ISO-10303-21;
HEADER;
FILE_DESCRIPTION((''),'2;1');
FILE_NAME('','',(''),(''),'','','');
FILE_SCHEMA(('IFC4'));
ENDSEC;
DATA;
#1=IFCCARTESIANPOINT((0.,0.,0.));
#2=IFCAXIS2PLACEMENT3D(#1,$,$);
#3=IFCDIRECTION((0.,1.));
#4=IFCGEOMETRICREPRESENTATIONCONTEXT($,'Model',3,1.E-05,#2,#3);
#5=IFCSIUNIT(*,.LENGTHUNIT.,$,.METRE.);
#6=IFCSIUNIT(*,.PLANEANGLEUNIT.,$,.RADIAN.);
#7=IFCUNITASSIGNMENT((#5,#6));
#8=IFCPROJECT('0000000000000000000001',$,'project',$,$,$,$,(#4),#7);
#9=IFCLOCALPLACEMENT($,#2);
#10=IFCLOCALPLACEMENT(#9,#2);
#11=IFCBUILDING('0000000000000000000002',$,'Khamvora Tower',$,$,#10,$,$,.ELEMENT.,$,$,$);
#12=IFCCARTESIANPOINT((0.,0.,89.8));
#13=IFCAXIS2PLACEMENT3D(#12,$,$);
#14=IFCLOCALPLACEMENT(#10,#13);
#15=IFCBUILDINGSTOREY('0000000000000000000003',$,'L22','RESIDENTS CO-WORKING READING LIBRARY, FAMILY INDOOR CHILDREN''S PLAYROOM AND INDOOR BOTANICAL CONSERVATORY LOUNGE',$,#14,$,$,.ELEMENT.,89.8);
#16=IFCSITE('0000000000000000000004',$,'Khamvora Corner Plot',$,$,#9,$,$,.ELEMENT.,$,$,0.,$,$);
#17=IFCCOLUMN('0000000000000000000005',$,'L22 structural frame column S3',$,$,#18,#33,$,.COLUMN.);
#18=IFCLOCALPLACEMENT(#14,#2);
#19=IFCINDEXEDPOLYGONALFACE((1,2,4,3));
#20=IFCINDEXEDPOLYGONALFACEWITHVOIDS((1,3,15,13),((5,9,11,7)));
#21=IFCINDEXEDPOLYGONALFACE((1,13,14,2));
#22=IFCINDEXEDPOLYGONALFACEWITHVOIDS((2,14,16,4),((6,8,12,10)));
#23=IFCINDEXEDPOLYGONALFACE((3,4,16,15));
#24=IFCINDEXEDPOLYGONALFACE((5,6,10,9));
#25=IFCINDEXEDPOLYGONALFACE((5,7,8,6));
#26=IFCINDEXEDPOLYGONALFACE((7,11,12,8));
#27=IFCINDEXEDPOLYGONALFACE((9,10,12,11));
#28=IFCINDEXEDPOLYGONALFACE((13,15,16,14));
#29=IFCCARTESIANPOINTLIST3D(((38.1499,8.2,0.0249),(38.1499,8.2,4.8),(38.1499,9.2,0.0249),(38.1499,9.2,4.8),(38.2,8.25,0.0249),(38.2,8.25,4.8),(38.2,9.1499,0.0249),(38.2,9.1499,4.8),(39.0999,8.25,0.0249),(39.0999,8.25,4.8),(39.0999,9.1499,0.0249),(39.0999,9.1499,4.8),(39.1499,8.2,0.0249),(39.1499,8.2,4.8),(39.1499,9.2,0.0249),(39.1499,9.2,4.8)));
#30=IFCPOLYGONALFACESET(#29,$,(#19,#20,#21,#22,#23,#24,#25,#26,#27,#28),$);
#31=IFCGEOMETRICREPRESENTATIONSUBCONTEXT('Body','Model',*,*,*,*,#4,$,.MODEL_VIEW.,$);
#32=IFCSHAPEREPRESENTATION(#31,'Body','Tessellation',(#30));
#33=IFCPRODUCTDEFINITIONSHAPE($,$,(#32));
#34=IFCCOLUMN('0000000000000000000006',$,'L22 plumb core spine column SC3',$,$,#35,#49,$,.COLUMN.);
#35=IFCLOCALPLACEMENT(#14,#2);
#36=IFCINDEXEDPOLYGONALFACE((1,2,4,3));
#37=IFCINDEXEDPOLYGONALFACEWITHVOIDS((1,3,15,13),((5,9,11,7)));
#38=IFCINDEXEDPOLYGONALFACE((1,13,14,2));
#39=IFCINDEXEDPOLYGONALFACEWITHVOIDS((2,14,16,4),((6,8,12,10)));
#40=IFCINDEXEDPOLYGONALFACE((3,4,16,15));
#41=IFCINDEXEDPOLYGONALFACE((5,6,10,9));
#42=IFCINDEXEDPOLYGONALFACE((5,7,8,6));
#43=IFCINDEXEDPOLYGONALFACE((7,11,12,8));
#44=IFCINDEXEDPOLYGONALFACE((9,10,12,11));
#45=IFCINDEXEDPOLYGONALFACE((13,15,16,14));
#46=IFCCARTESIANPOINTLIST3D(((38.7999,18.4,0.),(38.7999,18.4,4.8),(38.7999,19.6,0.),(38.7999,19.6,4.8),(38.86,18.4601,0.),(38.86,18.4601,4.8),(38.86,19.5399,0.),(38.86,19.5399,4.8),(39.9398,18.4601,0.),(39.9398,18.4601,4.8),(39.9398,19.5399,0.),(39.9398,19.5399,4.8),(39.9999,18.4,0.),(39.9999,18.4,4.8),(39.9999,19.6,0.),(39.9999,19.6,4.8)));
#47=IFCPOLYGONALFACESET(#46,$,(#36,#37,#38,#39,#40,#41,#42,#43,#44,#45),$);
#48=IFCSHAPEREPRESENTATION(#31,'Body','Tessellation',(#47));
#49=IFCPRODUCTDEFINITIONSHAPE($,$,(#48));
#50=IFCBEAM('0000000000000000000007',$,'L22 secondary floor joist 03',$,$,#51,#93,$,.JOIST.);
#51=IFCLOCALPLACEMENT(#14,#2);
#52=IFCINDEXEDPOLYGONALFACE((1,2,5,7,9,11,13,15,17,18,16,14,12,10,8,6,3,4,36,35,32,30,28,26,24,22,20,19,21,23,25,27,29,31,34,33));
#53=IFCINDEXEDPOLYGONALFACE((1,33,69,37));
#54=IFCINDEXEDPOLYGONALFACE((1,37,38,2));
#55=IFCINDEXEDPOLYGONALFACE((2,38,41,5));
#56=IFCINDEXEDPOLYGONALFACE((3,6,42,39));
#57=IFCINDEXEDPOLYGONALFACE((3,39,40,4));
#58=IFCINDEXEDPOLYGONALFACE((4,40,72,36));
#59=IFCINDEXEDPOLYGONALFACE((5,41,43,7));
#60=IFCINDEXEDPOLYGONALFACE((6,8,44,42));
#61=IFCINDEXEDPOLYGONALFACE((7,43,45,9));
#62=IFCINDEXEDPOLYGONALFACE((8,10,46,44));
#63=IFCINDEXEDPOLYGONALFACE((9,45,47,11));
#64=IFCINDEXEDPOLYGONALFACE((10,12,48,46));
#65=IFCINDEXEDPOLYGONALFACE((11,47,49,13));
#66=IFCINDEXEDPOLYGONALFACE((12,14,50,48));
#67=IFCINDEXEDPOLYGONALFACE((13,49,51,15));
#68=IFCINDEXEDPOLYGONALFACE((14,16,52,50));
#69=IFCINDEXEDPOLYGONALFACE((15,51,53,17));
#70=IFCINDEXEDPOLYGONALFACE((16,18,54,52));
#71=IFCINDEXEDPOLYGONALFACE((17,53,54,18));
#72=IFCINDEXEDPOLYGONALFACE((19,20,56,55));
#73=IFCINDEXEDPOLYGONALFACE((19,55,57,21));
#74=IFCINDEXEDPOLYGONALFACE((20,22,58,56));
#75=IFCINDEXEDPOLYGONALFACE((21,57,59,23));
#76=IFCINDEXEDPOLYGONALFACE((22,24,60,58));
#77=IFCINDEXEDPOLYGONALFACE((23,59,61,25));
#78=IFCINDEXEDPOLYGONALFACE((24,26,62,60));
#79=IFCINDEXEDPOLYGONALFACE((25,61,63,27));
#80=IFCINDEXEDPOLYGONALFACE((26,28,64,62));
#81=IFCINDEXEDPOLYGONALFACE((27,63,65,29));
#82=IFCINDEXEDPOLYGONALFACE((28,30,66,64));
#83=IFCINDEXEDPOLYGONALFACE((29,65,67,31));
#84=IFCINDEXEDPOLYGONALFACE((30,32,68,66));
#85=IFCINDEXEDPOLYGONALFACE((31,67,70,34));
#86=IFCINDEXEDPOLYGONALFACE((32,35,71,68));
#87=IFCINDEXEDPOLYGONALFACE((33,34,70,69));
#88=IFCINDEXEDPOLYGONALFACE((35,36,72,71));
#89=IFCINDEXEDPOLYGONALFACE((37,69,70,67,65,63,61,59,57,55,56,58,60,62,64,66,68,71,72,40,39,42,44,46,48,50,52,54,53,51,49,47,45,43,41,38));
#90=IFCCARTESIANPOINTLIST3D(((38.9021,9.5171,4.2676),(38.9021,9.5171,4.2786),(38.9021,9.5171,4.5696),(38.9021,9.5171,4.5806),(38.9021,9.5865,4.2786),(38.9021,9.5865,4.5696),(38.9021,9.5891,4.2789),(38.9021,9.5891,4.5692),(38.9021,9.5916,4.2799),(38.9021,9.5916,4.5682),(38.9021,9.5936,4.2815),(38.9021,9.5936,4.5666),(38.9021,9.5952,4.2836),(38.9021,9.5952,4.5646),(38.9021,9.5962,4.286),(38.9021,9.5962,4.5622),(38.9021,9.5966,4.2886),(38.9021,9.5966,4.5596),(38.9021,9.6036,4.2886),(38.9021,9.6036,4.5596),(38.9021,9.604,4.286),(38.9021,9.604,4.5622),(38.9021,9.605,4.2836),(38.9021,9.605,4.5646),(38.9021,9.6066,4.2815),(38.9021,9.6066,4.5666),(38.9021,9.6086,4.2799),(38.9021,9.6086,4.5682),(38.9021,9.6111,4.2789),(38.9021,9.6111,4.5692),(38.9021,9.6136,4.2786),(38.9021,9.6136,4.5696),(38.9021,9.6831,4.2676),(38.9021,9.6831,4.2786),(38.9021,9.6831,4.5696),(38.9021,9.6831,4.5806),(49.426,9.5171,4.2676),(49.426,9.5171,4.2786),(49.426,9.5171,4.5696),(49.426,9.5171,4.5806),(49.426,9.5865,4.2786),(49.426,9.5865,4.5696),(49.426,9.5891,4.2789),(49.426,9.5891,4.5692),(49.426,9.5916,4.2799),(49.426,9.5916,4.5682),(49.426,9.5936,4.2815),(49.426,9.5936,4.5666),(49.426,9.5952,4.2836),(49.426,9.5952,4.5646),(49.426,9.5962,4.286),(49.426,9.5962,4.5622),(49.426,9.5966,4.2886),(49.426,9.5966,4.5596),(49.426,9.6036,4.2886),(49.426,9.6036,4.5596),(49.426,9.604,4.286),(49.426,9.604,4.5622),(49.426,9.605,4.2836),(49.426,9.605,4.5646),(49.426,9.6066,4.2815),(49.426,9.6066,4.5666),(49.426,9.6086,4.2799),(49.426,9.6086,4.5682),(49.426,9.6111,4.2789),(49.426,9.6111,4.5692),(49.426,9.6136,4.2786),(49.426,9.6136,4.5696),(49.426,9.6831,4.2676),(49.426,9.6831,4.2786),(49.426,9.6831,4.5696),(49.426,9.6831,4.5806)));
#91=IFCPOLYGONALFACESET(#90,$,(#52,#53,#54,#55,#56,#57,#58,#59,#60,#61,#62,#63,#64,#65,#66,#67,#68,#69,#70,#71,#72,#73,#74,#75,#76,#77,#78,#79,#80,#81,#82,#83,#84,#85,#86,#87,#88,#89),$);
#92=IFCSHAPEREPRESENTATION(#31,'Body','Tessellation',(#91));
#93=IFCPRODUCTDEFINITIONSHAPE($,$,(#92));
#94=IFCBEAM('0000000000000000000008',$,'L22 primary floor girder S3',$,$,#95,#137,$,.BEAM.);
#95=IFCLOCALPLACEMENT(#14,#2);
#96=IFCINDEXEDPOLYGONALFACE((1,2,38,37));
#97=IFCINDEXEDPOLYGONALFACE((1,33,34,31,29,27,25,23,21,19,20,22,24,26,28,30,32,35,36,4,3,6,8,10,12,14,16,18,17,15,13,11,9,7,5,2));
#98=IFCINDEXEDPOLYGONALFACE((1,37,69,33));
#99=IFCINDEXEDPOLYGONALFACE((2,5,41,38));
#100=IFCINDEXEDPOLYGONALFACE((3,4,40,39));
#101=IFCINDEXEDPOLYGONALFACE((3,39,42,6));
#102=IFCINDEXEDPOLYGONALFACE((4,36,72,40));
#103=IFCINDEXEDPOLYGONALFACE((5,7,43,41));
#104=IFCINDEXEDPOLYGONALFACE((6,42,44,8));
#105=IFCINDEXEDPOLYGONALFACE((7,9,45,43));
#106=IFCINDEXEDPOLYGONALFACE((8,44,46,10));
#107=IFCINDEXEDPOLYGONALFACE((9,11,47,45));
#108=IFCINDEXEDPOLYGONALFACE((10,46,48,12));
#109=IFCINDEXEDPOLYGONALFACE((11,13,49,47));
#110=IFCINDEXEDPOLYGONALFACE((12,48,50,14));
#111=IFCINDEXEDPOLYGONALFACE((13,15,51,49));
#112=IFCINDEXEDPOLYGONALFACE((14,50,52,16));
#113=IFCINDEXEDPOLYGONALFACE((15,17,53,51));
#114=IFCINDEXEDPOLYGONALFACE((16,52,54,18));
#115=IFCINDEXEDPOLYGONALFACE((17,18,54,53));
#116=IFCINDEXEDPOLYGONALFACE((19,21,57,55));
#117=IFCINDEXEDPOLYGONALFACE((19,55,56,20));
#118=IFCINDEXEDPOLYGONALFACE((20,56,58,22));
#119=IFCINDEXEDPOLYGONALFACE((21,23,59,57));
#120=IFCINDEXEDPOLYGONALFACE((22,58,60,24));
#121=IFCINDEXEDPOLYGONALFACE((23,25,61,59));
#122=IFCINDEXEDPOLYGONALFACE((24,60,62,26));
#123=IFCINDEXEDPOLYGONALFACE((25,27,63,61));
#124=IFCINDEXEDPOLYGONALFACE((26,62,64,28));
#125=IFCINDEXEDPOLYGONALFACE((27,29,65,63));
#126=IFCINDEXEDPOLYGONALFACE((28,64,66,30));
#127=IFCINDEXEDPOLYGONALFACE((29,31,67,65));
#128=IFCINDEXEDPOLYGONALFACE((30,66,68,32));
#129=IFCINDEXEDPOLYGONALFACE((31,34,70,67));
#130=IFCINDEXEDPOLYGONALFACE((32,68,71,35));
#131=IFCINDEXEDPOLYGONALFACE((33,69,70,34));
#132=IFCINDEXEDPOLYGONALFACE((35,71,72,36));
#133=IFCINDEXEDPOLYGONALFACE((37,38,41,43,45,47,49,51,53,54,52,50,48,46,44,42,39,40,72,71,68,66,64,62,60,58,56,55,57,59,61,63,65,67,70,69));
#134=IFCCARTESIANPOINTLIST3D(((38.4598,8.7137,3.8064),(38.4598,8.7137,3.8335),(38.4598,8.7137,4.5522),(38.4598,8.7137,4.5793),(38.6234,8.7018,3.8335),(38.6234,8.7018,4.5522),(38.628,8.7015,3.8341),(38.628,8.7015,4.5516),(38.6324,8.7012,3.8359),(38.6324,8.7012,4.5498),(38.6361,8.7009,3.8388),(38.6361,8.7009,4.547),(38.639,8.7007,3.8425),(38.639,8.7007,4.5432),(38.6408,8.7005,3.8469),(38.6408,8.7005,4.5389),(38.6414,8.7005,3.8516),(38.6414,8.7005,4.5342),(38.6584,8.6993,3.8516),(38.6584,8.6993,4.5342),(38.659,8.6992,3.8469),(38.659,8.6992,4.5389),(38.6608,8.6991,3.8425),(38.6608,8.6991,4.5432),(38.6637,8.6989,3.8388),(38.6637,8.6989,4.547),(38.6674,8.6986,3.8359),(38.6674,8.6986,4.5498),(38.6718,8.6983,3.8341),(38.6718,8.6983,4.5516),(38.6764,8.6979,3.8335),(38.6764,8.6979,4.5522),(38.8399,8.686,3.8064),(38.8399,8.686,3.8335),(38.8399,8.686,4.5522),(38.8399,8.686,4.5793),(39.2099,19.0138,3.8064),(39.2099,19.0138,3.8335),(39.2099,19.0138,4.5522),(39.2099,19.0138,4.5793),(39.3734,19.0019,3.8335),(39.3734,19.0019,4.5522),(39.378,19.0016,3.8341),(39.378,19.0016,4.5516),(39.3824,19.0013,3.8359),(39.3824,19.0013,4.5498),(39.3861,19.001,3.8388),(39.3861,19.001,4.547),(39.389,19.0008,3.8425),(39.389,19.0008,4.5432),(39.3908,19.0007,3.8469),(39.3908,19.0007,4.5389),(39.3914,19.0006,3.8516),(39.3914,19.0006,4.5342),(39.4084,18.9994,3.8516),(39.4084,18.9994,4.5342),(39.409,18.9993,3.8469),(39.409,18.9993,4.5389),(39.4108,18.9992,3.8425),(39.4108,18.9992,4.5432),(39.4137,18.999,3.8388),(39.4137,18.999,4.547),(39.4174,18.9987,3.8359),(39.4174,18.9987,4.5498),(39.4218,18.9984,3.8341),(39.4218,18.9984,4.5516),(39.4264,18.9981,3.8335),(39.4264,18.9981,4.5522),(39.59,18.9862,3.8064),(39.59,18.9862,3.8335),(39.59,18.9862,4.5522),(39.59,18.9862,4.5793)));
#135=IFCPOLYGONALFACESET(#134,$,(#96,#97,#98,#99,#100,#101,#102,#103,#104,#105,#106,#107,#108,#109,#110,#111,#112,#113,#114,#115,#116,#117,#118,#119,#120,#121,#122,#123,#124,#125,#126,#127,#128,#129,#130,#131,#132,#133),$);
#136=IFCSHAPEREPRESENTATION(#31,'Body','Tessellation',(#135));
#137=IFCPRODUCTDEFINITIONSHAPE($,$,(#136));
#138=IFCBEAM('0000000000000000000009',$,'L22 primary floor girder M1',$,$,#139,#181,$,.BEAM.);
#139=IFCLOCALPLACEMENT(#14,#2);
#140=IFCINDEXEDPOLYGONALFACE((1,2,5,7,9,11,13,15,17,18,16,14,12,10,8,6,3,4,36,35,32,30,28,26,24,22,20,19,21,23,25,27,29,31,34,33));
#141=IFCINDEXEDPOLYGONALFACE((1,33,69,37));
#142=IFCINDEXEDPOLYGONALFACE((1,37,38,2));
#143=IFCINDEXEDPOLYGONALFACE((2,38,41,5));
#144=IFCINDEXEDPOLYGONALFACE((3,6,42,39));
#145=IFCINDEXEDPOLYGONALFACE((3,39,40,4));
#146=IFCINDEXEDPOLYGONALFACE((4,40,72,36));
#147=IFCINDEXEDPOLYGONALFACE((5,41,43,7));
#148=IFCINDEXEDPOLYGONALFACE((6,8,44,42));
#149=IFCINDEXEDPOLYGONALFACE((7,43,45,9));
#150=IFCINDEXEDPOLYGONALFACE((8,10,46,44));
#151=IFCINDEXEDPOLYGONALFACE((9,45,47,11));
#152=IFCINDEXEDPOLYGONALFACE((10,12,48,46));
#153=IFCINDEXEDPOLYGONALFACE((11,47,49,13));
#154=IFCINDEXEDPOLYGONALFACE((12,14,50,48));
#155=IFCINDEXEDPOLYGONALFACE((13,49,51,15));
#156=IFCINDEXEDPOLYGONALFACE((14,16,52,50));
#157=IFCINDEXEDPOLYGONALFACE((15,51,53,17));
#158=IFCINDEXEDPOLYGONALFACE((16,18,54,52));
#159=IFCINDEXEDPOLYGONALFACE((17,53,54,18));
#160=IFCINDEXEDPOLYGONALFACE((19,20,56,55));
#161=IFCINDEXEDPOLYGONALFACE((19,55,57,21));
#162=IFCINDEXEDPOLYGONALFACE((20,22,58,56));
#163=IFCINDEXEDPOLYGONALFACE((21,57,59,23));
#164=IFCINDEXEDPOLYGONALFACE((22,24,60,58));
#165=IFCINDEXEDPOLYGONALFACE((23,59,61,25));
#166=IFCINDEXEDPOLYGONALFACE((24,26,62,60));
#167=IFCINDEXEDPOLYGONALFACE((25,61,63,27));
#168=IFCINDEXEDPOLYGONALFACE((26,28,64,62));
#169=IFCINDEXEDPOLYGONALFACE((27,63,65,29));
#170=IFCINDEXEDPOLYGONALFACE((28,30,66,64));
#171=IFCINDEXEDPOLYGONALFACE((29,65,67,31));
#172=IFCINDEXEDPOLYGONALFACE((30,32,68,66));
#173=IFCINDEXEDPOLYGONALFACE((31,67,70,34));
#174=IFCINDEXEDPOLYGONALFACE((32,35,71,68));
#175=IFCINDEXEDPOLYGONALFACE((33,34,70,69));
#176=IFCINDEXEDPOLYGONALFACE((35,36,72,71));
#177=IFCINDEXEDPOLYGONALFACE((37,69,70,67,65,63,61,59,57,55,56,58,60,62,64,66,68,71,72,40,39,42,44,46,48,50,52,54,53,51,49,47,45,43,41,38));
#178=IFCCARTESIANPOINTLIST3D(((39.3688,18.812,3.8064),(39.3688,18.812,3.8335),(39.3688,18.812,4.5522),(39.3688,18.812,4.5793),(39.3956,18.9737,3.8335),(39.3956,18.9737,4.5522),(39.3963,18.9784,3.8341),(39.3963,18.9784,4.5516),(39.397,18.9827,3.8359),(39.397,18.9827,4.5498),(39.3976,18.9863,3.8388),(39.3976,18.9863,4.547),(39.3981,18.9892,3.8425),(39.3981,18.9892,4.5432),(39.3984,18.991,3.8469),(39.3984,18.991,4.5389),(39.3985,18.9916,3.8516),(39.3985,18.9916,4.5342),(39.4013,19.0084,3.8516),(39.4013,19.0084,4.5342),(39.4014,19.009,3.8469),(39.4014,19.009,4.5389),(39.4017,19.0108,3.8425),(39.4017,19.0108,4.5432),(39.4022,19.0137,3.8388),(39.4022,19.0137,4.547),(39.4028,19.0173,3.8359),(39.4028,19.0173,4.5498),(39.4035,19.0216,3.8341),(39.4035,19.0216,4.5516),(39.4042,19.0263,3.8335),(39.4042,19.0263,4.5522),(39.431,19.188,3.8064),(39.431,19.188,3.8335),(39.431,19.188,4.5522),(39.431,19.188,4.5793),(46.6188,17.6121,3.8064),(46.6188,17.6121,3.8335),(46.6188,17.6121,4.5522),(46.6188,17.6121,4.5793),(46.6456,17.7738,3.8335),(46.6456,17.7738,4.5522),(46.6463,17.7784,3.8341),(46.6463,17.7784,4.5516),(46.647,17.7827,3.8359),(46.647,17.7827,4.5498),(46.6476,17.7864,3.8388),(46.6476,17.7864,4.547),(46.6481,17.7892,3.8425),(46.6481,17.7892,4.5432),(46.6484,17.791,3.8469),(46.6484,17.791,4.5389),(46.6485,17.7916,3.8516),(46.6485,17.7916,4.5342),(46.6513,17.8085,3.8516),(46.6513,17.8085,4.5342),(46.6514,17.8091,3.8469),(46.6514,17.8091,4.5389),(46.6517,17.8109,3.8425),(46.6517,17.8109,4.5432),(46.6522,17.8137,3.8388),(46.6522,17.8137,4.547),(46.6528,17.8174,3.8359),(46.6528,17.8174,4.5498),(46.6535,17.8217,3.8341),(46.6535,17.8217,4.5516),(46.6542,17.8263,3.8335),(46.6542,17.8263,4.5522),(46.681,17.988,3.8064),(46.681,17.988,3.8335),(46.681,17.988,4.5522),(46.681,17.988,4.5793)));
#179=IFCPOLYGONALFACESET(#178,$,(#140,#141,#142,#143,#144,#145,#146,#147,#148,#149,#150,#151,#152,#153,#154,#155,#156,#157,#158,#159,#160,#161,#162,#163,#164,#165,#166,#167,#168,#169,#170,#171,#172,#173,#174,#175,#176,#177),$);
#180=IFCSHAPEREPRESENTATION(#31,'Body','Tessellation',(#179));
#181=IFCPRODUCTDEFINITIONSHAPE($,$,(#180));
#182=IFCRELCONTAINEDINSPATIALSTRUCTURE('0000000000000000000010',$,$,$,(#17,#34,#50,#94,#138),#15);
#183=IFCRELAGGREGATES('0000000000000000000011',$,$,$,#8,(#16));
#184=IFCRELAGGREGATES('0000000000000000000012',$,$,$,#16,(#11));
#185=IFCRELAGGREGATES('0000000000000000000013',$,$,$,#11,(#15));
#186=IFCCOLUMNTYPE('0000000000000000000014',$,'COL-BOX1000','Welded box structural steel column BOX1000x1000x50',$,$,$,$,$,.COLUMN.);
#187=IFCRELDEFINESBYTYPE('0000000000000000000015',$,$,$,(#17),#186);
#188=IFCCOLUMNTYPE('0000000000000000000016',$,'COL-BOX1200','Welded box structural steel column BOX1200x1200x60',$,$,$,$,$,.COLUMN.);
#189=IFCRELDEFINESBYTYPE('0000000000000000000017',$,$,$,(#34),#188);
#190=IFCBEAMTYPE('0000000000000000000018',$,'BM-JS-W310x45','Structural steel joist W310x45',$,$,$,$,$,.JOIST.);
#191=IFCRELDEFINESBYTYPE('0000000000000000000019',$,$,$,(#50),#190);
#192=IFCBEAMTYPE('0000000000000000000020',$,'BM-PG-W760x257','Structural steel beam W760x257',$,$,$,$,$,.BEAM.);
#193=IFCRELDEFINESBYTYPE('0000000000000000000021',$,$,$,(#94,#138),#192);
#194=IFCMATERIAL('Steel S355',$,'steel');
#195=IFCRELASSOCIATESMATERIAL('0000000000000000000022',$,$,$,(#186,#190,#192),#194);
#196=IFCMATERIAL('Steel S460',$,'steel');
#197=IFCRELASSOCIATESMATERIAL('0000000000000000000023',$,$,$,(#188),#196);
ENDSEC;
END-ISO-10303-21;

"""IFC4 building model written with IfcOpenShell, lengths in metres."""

from ifc_helpers import new_model, si_unit, direction, frame, origin, origin_2d, place, context, subcontext, project, spatial, hollow_rectangle, i_section, extrude, material, material_profile, profile_set, type_object, element, save


model = new_model("IFC4")

# Units and contexts
model_context = context("Model", 3, precision=1e-05, world=origin(), true_north=direction((0.0, 1.0)))
body_context = subcontext(model_context, "Body", "Model", "MODEL_VIEW")
ifc_project = project(units=[si_unit("LENGTHUNIT", "METRE"), si_unit("PLANEANGLEUNIT", "RADIAN")], contexts=[model_context])

# Site, building, storey
site_placement = place(None, origin())
site = spatial("IfcSite", under=ifc_project, at=site_placement, Name="Khamvora Corner Plot", CompositionType="ELEMENT", RefElevation=0.0)
building_placement = place(site_placement, origin())
building = spatial("IfcBuilding", under=site, at=building_placement, Name="Khamvora Tower", CompositionType="ELEMENT")
storey_placement = place(building_placement, frame((0.0, 0.0, 89.8)))
storey = spatial("IfcBuildingStorey", under=building, at=storey_placement, Name="L22", Description="RESIDENTS CO-WORKING READING LIBRARY, FAMILY INDOOR CHILDREN'S PLAYROOM AND INDOOR BOTANICAL CONSERVATORY LOUNGE", CompositionType="ELEMENT", Elevation=89.8)

# Columns
ifc_material_1 = material(Name="Steel S355", Category="steel")
ifc_material_profile_1 = material_profile(ifc_material_1, hollow_rectangle(XDim=1.0, YDim=1.0, WallThickness=0.05, at=origin_2d()), Name="BOX1000x1000x50")
ifc_profile_set_1 = profile_set([ifc_material_profile_1], Name="Steel S355")
column_type_1 = type_object("IfcColumnType", Name="COL-BOX1000", Description="Welded box structural steel column BOX1000x1000x50", PredefinedType="COLUMN", material=ifc_profile_set_1)
column_1_placement = place(storey_placement, frame((38.6499, 8.7, 0.0249), z_axis=(0.0, 0.0, 1.0), x_axis=(1.0, 0.0, 0.0)))
element("IfcColumn", 1, at=column_1_placement, inside=storey, type_object=column_type_1, Name="L22 structural frame column S3", PredefinedType="COLUMN", context=body_context, shape_type="SweptSolid", body=[
    extrude(hollow_rectangle(XDim=1.0, YDim=1.0, WallThickness=0.05, at=origin_2d()), origin(), (0.0, 0.0, 1.0), 4.7751),
])
ifc_material_2 = material(Name="Steel S460", Category="steel")
ifc_material_profile_2 = material_profile(ifc_material_2, hollow_rectangle(XDim=1.2, YDim=1.2, WallThickness=0.0601, at=origin_2d()), Name="BOX1200x1200x60")
ifc_profile_set_2 = profile_set([ifc_material_profile_2], Name="Steel S460")
column_type_2 = type_object("IfcColumnType", Name="COL-BOX1200", Description="Welded box structural steel column BOX1200x1200x60", PredefinedType="COLUMN", material=ifc_profile_set_2)
column_2_placement = place(storey_placement, frame((39.3999, 19.0, 0.0), z_axis=(0.0, 0.0, 1.0), x_axis=(1.0, 0.0, 0.0)))
element("IfcColumn", 2, at=column_2_placement, inside=storey, type_object=column_type_2, Name="L22 plumb core spine column SC3", PredefinedType="COLUMN", context=body_context, shape_type="SweptSolid", body=[
    extrude(hollow_rectangle(XDim=1.2, YDim=1.2, WallThickness=0.0601, at=origin_2d()), origin(), (0.0, 0.0, 1.0), 4.8),
])

# Beams
ifc_material_profile_3 = material_profile(ifc_material_1, i_section(OverallWidth=0.166, OverallDepth=0.313, WebThickness=0.0071, FlangeThickness=0.011, FilletRadius=0.01, at=origin_2d()), Name="W310x45")
ifc_profile_set_3 = profile_set([ifc_material_profile_3], Name="Steel S355")
beam_type_1 = type_object("IfcBeamType", Name="BM-JS-W310x45", Description="Structural steel joist W310x45", PredefinedType="JOIST", material=ifc_profile_set_3)
beam_1_placement = place(storey_placement, frame((38.9021, 9.6001, 4.4241), z_axis=(1.0, 0.0, 0.0), x_axis=(0.0, 1.0, 0.0)))
element("IfcBeam", 3, at=beam_1_placement, inside=storey, type_object=beam_type_1, Name="L22 secondary floor joist 03", PredefinedType="JOIST", context=body_context, shape_type="SweptSolid", body=[
    extrude(i_section(OverallWidth=0.166, OverallDepth=0.313, WebThickness=0.0071, FlangeThickness=0.011, FilletRadius=0.01, at=origin_2d()), origin(), (0.0, 0.0, 1.0), 10.5239),
])
ifc_material_profile_4 = material_profile(ifc_material_1, i_section(OverallWidth=0.3811, OverallDepth=0.7729, WebThickness=0.0171, FlangeThickness=0.0271, FilletRadius=0.0181, at=origin_2d()), Name="W760x257")
ifc_profile_set_4 = profile_set([ifc_material_profile_4], Name="Steel S355")
beam_type_2 = type_object("IfcBeamType", Name="BM-PG-W760x257", Description="Structural steel beam W760x257", PredefinedType="BEAM", material=ifc_profile_set_4)
beam_2_placement = place(storey_placement, frame((39.3999, 19.0, 4.1929), z_axis=(-0.072623, -0.997359, 0.0), x_axis=(0.997359, -0.072623, 0.0)))
element("IfcBeam", 4, at=beam_2_placement, inside=storey, type_object=beam_type_2, Name="L22 primary floor girder S3", PredefinedType="BEAM", context=body_context, shape_type="SweptSolid", body=[
    extrude(i_section(OverallWidth=0.3811, OverallDepth=0.7729, WebThickness=0.0171, FlangeThickness=0.0271, FilletRadius=0.0181, at=origin_2d()), origin(), (0.0, 0.0, 1.0), 10.3274),
])
beam_3_placement = place(storey_placement, frame((39.3999, 19.0, 4.1929), z_axis=(0.986578, -0.163289, 0.0), x_axis=(0.163289, 0.986578, 0.0)))
element("IfcBeam", 5, at=beam_3_placement, inside=storey, type_object=beam_type_2, Name="L22 primary floor girder M1", PredefinedType="BEAM", context=body_context, shape_type="SweptSolid", body=[
    extrude(i_section(OverallWidth=0.3811, OverallDepth=0.7729, WebThickness=0.0171, FlangeThickness=0.0271, FilletRadius=0.0181, at=origin_2d()), origin(), (0.0, 0.0, 1.0), 7.3486),
])

save(model, "model.ifc")
